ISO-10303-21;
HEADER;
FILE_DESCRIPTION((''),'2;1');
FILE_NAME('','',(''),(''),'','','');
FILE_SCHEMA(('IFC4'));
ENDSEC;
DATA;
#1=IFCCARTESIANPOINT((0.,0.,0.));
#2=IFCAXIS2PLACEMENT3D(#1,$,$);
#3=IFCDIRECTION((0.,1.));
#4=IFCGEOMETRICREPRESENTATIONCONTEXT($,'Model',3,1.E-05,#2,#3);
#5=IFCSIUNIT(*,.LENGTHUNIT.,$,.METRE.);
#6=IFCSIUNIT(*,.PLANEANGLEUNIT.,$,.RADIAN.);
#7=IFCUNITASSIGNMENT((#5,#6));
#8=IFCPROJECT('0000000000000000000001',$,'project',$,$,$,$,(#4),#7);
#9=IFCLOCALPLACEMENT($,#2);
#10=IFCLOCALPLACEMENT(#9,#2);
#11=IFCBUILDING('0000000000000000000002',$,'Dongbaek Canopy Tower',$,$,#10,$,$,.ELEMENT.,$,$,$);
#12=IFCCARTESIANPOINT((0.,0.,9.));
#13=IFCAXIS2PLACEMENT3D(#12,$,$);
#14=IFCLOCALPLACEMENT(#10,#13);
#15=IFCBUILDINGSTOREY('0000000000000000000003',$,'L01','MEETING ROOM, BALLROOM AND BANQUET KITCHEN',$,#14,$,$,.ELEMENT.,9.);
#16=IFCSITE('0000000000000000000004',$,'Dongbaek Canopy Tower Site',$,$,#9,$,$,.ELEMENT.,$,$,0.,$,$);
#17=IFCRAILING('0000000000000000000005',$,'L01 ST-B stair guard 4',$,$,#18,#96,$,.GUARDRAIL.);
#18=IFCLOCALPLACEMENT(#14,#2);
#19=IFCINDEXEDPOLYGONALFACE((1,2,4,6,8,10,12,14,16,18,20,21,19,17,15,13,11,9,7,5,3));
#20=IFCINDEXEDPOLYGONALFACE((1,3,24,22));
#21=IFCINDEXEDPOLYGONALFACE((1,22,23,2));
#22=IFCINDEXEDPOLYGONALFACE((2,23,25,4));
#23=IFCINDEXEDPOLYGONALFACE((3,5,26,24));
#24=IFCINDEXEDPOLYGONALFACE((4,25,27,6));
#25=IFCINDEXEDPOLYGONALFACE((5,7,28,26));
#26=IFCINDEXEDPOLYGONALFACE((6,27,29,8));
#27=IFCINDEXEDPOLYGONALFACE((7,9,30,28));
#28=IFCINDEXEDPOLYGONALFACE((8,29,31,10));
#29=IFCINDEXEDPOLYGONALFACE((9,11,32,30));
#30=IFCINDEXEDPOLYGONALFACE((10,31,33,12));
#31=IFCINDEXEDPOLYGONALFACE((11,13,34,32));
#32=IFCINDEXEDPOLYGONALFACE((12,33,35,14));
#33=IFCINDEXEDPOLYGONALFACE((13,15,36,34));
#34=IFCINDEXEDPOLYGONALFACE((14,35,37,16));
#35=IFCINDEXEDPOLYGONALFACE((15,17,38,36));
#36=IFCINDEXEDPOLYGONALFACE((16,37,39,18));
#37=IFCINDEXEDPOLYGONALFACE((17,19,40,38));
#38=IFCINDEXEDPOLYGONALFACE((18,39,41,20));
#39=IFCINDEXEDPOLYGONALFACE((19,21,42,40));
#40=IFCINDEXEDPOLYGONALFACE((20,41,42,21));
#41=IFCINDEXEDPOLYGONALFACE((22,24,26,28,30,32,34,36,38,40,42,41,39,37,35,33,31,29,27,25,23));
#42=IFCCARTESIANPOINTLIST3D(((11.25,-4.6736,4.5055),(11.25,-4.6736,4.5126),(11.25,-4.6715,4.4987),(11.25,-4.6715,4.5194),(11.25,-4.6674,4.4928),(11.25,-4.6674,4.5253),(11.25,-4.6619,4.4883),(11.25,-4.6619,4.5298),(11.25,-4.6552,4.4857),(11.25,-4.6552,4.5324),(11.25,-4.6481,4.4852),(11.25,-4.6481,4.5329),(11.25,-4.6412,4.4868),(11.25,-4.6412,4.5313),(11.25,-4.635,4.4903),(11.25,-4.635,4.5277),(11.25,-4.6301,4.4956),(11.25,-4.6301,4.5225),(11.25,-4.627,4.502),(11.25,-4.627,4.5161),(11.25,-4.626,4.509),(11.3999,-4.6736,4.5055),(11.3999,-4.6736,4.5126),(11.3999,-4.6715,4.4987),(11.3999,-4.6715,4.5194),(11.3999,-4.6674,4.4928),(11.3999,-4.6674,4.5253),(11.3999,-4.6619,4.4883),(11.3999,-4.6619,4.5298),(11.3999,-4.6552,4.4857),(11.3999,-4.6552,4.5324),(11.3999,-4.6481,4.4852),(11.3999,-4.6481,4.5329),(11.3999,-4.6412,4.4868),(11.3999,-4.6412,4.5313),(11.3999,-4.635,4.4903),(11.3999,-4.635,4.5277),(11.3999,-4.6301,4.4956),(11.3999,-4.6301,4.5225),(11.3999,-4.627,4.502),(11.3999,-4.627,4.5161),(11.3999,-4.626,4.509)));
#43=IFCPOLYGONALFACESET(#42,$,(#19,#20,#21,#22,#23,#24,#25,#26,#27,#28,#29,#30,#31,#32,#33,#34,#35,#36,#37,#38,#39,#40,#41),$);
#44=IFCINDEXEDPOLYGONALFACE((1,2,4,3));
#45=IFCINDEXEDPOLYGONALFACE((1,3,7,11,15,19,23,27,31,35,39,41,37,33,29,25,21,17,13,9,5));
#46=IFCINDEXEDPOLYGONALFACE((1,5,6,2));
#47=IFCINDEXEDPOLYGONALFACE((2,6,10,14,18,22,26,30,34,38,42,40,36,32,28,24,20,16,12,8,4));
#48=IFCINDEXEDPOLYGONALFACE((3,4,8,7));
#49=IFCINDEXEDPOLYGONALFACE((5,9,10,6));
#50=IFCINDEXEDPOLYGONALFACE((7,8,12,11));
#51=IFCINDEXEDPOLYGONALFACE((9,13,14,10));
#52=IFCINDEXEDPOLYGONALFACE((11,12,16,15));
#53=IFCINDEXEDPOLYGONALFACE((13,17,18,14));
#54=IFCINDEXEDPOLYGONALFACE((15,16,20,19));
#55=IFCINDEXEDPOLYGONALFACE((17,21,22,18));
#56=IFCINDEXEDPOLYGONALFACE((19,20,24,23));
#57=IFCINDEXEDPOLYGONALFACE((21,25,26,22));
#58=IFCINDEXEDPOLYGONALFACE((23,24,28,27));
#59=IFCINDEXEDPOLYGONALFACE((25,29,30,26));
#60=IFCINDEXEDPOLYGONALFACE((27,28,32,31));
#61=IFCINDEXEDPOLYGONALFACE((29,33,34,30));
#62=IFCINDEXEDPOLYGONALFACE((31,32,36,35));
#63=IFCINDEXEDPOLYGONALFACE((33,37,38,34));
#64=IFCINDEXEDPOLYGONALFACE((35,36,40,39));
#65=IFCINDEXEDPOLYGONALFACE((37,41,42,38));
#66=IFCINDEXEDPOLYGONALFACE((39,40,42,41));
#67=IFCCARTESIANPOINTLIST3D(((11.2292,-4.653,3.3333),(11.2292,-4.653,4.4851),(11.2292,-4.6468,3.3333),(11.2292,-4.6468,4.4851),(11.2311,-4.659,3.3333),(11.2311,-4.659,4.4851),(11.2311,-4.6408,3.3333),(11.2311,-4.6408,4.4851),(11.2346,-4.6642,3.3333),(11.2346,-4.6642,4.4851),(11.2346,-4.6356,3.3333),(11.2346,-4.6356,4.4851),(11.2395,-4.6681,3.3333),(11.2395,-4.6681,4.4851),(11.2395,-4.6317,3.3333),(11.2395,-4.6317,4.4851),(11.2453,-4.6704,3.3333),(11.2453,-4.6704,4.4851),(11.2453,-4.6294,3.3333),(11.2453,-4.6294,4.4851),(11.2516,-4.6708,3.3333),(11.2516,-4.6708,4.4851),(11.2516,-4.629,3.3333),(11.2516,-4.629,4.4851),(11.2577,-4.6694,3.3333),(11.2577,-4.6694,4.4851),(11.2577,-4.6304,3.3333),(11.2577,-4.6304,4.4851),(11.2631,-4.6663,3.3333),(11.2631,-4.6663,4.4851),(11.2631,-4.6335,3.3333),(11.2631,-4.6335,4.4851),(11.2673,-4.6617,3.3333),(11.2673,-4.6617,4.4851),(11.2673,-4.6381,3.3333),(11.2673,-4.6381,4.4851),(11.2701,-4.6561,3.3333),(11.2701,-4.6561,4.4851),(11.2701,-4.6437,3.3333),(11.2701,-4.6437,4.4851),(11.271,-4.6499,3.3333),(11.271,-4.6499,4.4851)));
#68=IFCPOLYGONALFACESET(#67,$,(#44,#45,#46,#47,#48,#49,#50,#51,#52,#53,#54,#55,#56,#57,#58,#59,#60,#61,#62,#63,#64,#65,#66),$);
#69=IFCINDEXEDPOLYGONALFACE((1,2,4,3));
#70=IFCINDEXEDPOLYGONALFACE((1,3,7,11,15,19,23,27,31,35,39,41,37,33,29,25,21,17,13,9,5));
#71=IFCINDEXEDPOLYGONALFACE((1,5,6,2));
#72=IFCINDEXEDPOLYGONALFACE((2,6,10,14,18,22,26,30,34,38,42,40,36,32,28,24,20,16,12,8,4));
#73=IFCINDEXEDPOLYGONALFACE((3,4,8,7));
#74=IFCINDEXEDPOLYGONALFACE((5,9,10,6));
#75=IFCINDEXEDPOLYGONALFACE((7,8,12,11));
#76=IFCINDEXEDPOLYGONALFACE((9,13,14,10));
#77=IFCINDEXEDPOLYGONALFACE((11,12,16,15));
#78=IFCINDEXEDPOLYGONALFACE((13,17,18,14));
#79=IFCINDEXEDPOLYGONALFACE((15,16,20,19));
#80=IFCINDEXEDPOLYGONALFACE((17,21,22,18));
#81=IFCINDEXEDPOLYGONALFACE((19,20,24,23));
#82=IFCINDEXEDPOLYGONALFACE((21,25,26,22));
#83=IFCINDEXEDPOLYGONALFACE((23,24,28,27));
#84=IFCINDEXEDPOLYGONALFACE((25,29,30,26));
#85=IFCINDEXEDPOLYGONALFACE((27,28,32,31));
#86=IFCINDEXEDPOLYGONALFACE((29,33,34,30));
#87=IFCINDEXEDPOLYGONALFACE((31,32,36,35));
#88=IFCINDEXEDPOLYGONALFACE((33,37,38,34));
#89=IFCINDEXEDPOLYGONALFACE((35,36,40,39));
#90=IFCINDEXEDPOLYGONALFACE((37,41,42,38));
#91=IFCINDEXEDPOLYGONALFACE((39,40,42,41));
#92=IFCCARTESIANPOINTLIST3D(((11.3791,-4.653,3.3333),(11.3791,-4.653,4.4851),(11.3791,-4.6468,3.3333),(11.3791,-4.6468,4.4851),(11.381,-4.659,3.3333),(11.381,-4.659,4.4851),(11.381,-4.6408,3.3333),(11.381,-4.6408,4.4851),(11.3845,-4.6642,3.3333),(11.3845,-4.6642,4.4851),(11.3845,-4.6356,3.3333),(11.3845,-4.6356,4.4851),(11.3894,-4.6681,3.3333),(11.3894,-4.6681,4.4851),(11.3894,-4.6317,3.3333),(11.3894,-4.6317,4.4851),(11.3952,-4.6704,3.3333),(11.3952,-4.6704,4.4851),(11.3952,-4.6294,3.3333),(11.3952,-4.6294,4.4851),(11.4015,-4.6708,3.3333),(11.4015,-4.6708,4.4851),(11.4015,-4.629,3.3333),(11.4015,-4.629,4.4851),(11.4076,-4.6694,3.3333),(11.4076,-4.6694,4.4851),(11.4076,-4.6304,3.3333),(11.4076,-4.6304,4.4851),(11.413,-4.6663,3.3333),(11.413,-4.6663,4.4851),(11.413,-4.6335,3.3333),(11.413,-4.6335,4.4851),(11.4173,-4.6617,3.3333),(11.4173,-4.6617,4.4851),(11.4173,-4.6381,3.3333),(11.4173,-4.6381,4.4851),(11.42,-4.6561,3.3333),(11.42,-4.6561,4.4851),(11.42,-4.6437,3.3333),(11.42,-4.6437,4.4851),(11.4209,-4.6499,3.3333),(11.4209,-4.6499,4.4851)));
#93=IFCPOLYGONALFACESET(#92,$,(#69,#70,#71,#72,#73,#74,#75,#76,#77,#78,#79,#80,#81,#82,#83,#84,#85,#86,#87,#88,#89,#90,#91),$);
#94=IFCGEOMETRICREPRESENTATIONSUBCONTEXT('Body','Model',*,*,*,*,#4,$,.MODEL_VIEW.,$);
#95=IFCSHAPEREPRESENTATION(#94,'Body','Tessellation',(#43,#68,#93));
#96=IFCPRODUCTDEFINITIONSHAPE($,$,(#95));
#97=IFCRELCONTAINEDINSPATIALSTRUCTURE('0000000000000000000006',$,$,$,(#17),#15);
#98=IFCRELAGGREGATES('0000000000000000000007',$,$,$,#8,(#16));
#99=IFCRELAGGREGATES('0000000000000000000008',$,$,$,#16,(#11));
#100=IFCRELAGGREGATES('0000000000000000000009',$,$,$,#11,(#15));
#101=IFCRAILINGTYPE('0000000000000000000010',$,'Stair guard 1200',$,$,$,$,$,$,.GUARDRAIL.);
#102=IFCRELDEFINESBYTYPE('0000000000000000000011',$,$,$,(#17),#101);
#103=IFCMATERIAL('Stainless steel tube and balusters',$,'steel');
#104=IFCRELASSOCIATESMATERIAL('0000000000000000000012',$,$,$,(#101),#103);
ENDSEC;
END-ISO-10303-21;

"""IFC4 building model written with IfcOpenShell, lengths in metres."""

from ifc_helpers import new_model, si_unit, direction, frame, origin, origin_2d, place, context, subcontext, project, spatial, circle, extrude, material, type_object, element, save


model = new_model("IFC4")

# Units and contexts
model_context = context("Model", 3, precision=1e-05, world=origin(), true_north=direction((0.0, 1.0)))
body_context = subcontext(model_context, "Body", "Model", "MODEL_VIEW")
ifc_project = project(units=[si_unit("LENGTHUNIT", "METRE"), si_unit("PLANEANGLEUNIT", "RADIAN")], contexts=[model_context])

# Site, building, storey
site_placement = place(None, origin())
site = spatial("IfcSite", under=ifc_project, at=site_placement, Name="Dongbaek Canopy Tower Site", CompositionType="ELEMENT", RefElevation=0.0)
building_placement = place(site_placement, origin())
building = spatial("IfcBuilding", under=site, at=building_placement, Name="Dongbaek Canopy Tower", CompositionType="ELEMENT")
storey_placement = place(building_placement, frame((0.0, 0.0, 9.0)))
storey = spatial("IfcBuildingStorey", under=building, at=storey_placement, Name="L01", Description="MEETING ROOM, BALLROOM AND BANQUET KITCHEN", CompositionType="ELEMENT", Elevation=9.0)

# Railing
ifc_material_1 = material(Name="Stainless steel tube and balusters", Category="steel")
railing_type_1 = type_object("IfcRailingType", Name="Stair guard 1200", PredefinedType="GUARDRAIL", material=ifc_material_1)
railing_1_placement = place(storey_placement, frame((11.25, -4.6499, 3.3333)))
element("IfcRailing", 1, at=railing_1_placement, inside=storey, type_object=railing_type_1, Name="L01 ST-B stair guard 4", PredefinedType="GUARDRAIL", context=body_context, shape_type="SweptSolid", body=[
    extrude(circle(Radius=0.0239, at=origin_2d()), frame((0.0, 0.0, 1.1758), z_axis=(1.0, 0.0, 0.0), x_axis=(0.0, 1.0, 0.0)), (0.0, 0.0, 1.0), 0.1499),
    extrude(circle(Radius=0.021, at=origin_2d()), origin(), (0.0, 0.0, 1.0), 1.1519),
    extrude(circle(Radius=0.021, at=origin_2d()), frame((0.1499, 0.0, 0.0)), (0.0, 0.0, 1.0), 1.1519),
])

save(model, "model.ifc")
